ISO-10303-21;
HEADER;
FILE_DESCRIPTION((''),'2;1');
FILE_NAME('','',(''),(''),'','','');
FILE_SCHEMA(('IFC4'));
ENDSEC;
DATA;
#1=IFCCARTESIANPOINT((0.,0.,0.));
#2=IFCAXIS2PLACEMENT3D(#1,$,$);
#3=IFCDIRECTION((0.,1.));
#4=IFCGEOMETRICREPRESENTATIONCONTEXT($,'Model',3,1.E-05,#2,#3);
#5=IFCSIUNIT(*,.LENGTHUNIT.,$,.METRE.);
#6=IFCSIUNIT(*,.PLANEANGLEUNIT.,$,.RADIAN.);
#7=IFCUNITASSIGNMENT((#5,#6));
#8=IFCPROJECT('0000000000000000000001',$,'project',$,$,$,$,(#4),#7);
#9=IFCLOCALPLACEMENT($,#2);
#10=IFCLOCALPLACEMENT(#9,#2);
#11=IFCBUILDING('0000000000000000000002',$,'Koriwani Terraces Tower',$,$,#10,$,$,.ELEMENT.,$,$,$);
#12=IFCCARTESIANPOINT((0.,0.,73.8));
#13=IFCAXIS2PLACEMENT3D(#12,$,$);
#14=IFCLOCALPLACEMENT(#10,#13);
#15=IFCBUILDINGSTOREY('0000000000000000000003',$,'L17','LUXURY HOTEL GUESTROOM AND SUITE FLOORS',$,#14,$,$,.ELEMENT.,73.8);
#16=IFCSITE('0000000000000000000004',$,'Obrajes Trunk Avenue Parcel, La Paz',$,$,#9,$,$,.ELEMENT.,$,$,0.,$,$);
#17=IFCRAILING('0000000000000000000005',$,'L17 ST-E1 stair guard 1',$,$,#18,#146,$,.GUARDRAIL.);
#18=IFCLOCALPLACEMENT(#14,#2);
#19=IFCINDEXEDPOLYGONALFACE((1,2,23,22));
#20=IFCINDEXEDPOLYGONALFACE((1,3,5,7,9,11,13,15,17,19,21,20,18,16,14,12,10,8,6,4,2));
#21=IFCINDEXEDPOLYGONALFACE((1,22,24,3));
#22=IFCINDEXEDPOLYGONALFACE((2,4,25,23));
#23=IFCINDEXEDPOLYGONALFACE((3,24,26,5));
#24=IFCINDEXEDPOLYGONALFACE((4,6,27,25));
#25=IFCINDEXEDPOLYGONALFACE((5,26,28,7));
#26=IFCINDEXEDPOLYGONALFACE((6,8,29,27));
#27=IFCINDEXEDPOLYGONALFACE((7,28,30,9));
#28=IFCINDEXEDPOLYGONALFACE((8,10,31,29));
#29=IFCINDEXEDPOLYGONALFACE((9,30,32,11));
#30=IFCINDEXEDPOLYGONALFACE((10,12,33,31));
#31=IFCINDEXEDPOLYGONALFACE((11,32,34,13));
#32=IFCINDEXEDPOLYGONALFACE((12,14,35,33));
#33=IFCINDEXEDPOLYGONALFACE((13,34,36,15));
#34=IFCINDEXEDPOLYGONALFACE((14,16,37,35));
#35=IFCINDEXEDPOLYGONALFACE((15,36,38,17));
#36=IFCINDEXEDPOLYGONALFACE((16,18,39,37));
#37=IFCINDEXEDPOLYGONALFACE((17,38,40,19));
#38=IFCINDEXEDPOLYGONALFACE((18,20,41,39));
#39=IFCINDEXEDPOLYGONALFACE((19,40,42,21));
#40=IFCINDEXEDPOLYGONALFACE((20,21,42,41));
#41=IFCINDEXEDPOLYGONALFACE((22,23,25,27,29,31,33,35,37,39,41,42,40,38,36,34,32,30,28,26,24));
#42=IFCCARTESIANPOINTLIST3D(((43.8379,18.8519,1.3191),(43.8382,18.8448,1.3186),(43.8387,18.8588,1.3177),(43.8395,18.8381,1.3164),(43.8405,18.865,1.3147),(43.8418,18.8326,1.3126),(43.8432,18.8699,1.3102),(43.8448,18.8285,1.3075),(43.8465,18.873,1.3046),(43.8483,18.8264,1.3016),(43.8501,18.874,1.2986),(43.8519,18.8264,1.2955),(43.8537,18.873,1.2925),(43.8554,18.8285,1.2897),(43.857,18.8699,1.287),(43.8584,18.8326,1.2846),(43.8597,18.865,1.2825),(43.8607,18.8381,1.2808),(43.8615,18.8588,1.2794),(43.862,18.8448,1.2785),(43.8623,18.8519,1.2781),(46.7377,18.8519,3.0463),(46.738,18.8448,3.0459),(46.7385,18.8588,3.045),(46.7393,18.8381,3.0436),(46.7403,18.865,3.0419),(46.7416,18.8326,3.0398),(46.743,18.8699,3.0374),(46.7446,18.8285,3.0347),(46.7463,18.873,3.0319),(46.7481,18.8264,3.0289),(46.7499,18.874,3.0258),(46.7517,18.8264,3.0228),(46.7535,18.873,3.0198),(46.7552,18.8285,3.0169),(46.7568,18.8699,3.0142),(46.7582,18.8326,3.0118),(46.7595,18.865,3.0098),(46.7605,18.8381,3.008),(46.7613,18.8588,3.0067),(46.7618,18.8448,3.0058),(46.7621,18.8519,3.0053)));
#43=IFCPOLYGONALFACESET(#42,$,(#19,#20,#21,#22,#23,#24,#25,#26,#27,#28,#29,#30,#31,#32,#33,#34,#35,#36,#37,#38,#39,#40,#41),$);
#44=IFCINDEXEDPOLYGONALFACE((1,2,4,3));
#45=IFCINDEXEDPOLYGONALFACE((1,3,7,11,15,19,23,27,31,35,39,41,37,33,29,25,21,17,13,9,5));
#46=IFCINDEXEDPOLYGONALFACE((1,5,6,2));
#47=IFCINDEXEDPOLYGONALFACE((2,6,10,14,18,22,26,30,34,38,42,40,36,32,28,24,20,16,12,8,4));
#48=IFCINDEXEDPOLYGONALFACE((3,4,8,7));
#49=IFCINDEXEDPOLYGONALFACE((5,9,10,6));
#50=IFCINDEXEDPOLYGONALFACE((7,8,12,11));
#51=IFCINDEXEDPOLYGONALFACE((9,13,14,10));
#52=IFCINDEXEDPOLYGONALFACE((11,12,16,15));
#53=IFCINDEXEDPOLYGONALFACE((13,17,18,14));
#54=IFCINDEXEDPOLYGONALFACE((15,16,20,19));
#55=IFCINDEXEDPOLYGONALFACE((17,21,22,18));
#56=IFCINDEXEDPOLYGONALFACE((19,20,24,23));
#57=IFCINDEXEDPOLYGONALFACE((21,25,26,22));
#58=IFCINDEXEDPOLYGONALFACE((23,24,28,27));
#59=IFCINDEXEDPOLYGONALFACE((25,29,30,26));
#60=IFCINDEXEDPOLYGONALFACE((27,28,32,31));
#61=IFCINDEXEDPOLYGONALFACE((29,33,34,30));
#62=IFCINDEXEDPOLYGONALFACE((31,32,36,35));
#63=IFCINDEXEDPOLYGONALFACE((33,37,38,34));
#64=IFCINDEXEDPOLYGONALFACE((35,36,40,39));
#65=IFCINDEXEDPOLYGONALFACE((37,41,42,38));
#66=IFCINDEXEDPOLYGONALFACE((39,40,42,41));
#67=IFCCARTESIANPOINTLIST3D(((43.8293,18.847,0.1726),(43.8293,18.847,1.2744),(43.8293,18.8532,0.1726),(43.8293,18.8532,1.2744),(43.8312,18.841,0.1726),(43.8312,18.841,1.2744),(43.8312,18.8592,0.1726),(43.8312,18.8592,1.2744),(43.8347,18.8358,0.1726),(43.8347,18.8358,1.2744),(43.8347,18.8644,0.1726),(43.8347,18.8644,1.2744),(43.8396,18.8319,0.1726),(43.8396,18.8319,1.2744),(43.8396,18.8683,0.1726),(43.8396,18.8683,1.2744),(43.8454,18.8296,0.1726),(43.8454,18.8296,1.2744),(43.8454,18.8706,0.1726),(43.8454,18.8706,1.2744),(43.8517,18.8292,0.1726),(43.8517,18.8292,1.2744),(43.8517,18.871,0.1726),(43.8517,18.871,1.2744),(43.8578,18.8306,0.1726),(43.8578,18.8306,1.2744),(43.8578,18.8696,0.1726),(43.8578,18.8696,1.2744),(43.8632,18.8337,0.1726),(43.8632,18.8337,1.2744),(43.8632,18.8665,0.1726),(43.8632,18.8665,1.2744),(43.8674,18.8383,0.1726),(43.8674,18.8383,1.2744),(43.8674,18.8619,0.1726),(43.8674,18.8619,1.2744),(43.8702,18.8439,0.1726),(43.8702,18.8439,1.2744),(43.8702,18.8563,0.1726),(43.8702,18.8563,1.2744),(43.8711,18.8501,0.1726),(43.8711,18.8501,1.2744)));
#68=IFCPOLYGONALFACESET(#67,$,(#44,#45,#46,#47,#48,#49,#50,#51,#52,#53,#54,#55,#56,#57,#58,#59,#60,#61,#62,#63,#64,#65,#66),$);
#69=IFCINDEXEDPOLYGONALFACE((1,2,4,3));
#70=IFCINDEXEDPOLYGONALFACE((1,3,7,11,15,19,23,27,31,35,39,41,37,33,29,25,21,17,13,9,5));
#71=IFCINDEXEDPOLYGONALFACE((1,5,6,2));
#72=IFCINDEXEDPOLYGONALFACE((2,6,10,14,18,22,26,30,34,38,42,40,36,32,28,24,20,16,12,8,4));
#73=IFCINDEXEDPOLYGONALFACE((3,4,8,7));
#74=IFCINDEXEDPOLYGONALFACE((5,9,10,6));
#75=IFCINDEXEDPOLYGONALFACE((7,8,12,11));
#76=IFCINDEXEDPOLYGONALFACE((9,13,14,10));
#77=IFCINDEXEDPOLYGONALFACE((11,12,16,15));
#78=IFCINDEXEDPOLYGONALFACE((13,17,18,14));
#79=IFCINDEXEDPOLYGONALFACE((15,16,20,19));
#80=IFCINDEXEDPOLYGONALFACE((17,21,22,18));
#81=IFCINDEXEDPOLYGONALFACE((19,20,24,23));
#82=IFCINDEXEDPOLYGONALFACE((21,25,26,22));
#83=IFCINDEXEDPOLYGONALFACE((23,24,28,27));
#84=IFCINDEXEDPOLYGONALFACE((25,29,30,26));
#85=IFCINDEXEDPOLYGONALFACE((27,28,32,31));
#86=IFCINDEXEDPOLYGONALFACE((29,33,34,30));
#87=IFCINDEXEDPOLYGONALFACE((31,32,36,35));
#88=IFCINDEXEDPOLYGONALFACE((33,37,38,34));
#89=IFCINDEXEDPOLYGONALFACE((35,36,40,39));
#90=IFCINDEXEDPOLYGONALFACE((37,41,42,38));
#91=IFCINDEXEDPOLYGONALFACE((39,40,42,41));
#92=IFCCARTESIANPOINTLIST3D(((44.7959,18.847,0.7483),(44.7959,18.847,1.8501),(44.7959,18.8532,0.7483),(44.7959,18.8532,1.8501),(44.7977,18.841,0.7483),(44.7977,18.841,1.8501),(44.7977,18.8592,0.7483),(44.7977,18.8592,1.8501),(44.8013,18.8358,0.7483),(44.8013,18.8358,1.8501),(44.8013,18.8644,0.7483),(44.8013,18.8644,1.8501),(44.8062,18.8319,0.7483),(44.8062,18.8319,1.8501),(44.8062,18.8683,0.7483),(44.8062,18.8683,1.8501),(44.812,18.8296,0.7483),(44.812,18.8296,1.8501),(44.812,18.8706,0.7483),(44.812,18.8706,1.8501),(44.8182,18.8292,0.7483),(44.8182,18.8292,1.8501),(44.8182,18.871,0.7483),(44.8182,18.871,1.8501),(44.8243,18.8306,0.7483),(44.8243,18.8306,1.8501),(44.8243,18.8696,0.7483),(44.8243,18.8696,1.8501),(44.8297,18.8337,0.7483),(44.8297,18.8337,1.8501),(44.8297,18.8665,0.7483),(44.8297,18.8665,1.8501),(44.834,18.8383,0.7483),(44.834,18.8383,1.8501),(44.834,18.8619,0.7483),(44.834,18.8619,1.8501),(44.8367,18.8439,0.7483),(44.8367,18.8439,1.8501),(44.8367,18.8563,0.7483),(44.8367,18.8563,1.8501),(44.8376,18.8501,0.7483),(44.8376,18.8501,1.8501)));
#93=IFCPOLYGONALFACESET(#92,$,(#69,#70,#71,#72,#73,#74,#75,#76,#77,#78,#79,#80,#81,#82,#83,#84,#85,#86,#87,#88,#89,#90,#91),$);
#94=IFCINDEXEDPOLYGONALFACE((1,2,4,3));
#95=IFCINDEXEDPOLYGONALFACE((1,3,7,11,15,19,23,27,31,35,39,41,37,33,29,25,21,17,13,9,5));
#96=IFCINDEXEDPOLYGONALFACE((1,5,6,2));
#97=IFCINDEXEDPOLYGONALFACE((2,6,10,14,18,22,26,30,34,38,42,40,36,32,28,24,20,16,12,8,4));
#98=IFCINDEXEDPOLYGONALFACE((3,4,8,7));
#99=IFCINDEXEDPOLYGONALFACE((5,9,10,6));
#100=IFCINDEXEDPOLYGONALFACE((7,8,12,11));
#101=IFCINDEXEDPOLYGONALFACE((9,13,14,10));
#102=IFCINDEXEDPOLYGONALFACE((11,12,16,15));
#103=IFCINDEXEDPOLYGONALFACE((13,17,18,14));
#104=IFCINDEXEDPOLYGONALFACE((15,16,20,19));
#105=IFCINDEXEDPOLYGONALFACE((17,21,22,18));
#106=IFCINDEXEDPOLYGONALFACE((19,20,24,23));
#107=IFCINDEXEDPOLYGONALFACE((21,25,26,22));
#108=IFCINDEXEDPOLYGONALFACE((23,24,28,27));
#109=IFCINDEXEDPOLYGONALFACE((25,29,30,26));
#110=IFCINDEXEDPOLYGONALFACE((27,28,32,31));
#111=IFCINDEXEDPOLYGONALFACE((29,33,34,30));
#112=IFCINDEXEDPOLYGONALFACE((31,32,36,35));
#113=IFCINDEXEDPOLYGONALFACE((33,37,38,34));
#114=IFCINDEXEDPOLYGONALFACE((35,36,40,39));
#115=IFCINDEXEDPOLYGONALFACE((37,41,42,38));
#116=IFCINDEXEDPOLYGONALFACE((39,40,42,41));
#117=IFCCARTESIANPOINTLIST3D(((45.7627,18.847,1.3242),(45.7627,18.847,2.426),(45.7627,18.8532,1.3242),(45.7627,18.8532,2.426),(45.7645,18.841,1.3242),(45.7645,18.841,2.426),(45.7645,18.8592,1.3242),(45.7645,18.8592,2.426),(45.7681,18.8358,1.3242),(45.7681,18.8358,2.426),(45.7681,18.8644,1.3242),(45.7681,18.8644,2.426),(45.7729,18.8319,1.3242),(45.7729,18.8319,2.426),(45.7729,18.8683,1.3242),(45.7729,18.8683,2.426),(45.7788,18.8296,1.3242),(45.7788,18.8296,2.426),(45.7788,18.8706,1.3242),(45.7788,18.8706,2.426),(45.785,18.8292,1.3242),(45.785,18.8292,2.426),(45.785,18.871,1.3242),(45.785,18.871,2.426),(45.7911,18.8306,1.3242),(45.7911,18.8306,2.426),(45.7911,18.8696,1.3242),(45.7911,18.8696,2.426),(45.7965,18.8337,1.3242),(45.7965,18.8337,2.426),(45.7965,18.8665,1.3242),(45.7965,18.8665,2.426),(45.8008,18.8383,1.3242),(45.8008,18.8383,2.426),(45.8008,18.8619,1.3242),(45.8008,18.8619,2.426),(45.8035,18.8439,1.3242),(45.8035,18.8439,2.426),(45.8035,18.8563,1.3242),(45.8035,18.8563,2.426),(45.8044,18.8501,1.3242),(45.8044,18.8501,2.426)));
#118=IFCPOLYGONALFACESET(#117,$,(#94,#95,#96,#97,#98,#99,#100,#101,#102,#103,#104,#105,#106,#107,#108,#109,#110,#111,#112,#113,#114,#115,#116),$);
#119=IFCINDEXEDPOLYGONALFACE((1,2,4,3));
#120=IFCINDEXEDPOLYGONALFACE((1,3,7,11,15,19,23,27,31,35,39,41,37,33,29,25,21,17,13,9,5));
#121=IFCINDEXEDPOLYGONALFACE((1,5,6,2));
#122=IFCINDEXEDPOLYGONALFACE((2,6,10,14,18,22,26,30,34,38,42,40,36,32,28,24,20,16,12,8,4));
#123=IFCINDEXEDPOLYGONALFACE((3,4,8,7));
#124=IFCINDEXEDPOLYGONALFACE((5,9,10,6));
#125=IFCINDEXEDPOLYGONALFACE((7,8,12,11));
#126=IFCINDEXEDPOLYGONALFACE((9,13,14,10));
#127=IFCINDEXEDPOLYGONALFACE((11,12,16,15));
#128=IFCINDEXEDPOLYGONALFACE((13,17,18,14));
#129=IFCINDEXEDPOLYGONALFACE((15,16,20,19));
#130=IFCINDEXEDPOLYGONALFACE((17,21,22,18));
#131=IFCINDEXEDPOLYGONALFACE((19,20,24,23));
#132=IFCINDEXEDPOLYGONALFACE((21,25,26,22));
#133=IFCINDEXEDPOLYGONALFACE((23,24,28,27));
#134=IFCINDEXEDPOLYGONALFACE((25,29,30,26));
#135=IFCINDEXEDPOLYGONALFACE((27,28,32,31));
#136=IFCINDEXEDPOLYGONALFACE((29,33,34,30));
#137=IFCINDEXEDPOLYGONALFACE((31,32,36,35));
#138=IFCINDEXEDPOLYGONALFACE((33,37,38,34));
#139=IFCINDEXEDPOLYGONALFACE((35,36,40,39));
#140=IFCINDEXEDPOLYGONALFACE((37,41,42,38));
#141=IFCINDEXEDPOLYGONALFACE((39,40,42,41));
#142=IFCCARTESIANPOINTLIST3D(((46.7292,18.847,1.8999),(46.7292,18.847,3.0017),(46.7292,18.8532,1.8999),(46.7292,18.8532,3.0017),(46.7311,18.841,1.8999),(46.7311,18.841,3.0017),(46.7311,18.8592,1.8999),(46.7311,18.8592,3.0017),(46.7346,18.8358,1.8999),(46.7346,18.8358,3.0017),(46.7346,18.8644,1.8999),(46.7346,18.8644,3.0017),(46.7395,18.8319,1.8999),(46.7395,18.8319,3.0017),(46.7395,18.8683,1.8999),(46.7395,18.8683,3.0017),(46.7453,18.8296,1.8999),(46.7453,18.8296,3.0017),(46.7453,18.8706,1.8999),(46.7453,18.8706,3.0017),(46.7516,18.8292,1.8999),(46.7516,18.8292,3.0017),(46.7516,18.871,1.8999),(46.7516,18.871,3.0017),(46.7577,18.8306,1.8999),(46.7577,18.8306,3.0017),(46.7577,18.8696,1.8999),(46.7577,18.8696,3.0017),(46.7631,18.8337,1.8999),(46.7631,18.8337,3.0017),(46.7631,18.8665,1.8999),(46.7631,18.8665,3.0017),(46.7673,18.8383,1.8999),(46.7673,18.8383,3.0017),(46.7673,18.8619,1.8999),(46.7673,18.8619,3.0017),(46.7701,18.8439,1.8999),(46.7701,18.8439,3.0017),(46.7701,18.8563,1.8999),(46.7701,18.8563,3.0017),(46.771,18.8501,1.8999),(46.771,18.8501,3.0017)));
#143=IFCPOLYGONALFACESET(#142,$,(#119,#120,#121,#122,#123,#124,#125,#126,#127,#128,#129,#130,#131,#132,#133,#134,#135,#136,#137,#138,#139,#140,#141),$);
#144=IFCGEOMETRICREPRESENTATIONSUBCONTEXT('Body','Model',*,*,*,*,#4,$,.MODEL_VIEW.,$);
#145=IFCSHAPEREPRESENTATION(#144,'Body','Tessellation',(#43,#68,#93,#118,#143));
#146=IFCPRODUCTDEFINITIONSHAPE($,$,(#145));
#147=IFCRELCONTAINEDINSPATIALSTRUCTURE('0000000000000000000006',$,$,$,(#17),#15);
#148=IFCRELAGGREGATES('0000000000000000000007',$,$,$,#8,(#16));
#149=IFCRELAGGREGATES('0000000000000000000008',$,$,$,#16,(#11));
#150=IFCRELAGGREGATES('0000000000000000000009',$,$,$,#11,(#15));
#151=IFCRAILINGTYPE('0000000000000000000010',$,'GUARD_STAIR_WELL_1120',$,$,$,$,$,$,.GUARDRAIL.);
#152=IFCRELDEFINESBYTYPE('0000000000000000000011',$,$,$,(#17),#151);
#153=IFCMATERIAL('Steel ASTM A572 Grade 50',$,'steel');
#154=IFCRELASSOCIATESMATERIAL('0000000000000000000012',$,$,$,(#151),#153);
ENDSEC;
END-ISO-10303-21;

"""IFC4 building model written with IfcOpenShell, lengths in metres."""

from ifc_helpers import new_model, si_unit, direction, frame, origin, origin_2d, place, context, subcontext, project, spatial, circle, extrude, material, type_object, element, save


model = new_model("IFC4")

# Units and contexts
model_context = context("Model", 3, precision=1e-05, world=origin(), true_north=direction((0.0, 1.0)))
body_context = subcontext(model_context, "Body", "Model", "MODEL_VIEW")
ifc_project = project(units=[si_unit("LENGTHUNIT", "METRE"), si_unit("PLANEANGLEUNIT", "RADIAN")], contexts=[model_context])

# Site, building, storey
site_placement = place(None, origin())
site = spatial("IfcSite", under=ifc_project, at=site_placement, Name="Obrajes Trunk Avenue Parcel, La Paz", CompositionType="ELEMENT", RefElevation=0.0)
building_placement = place(site_placement, origin())
building = spatial("IfcBuilding", under=site, at=building_placement, Name="Koriwani Terraces Tower", CompositionType="ELEMENT")
storey_placement = place(building_placement, frame((0.0, 0.0, 73.8)))
storey = spatial("IfcBuildingStorey", under=building, at=storey_placement, Name="L17", Description="LUXURY HOTEL GUESTROOM AND SUITE FLOORS", CompositionType="ELEMENT", Elevation=73.8)

# Shared definitions
ifc_material_1 = material(Name="Steel ASTM A572 Grade 50", Category="steel")

# Railing
railing_type_1 = type_object("IfcRailingType", Name="GUARD_STAIR_WELL_1120", PredefinedType="GUARDRAIL", material=ifc_material_1)
railing_1_placement = place(storey_placement, frame((43.8501, 18.8501, 0.1726)))
element("IfcRailing", 1, at=railing_1_placement, inside=storey, type_object=railing_type_1, Name="L17 ST-E1 stair guard 1", PredefinedType="GUARDRAIL", context=body_context, shape_type="SweptSolid", body=[
    extrude(circle(Radius=0.0239, at=origin_2d()), frame((0.0, 0.0, 1.126), z_axis=(0.859141, 0.0, 0.511738), x_axis=(0.0, 1.0, 0.0)), (0.0, 0.0, 1.0), 3.3752),
    extrude(circle(Radius=0.021, at=origin_2d()), origin(), (0.0, 0.0, 1.0), 1.1018),
    extrude(circle(Radius=0.021, at=origin_2d()), frame((0.9666, 0.0, 0.5757)), (0.0, 0.0, 1.0), 1.1018),
    extrude(circle(Radius=0.021, at=origin_2d()), frame((1.9333, 0.0, 1.1516)), (0.0, 0.0, 1.0), 1.1018),
    extrude(circle(Radius=0.021, at=origin_2d()), frame((2.8999, 0.0, 1.7273)), (0.0, 0.0, 1.0), 1.1018),
])

save(model, "model.ifc")
